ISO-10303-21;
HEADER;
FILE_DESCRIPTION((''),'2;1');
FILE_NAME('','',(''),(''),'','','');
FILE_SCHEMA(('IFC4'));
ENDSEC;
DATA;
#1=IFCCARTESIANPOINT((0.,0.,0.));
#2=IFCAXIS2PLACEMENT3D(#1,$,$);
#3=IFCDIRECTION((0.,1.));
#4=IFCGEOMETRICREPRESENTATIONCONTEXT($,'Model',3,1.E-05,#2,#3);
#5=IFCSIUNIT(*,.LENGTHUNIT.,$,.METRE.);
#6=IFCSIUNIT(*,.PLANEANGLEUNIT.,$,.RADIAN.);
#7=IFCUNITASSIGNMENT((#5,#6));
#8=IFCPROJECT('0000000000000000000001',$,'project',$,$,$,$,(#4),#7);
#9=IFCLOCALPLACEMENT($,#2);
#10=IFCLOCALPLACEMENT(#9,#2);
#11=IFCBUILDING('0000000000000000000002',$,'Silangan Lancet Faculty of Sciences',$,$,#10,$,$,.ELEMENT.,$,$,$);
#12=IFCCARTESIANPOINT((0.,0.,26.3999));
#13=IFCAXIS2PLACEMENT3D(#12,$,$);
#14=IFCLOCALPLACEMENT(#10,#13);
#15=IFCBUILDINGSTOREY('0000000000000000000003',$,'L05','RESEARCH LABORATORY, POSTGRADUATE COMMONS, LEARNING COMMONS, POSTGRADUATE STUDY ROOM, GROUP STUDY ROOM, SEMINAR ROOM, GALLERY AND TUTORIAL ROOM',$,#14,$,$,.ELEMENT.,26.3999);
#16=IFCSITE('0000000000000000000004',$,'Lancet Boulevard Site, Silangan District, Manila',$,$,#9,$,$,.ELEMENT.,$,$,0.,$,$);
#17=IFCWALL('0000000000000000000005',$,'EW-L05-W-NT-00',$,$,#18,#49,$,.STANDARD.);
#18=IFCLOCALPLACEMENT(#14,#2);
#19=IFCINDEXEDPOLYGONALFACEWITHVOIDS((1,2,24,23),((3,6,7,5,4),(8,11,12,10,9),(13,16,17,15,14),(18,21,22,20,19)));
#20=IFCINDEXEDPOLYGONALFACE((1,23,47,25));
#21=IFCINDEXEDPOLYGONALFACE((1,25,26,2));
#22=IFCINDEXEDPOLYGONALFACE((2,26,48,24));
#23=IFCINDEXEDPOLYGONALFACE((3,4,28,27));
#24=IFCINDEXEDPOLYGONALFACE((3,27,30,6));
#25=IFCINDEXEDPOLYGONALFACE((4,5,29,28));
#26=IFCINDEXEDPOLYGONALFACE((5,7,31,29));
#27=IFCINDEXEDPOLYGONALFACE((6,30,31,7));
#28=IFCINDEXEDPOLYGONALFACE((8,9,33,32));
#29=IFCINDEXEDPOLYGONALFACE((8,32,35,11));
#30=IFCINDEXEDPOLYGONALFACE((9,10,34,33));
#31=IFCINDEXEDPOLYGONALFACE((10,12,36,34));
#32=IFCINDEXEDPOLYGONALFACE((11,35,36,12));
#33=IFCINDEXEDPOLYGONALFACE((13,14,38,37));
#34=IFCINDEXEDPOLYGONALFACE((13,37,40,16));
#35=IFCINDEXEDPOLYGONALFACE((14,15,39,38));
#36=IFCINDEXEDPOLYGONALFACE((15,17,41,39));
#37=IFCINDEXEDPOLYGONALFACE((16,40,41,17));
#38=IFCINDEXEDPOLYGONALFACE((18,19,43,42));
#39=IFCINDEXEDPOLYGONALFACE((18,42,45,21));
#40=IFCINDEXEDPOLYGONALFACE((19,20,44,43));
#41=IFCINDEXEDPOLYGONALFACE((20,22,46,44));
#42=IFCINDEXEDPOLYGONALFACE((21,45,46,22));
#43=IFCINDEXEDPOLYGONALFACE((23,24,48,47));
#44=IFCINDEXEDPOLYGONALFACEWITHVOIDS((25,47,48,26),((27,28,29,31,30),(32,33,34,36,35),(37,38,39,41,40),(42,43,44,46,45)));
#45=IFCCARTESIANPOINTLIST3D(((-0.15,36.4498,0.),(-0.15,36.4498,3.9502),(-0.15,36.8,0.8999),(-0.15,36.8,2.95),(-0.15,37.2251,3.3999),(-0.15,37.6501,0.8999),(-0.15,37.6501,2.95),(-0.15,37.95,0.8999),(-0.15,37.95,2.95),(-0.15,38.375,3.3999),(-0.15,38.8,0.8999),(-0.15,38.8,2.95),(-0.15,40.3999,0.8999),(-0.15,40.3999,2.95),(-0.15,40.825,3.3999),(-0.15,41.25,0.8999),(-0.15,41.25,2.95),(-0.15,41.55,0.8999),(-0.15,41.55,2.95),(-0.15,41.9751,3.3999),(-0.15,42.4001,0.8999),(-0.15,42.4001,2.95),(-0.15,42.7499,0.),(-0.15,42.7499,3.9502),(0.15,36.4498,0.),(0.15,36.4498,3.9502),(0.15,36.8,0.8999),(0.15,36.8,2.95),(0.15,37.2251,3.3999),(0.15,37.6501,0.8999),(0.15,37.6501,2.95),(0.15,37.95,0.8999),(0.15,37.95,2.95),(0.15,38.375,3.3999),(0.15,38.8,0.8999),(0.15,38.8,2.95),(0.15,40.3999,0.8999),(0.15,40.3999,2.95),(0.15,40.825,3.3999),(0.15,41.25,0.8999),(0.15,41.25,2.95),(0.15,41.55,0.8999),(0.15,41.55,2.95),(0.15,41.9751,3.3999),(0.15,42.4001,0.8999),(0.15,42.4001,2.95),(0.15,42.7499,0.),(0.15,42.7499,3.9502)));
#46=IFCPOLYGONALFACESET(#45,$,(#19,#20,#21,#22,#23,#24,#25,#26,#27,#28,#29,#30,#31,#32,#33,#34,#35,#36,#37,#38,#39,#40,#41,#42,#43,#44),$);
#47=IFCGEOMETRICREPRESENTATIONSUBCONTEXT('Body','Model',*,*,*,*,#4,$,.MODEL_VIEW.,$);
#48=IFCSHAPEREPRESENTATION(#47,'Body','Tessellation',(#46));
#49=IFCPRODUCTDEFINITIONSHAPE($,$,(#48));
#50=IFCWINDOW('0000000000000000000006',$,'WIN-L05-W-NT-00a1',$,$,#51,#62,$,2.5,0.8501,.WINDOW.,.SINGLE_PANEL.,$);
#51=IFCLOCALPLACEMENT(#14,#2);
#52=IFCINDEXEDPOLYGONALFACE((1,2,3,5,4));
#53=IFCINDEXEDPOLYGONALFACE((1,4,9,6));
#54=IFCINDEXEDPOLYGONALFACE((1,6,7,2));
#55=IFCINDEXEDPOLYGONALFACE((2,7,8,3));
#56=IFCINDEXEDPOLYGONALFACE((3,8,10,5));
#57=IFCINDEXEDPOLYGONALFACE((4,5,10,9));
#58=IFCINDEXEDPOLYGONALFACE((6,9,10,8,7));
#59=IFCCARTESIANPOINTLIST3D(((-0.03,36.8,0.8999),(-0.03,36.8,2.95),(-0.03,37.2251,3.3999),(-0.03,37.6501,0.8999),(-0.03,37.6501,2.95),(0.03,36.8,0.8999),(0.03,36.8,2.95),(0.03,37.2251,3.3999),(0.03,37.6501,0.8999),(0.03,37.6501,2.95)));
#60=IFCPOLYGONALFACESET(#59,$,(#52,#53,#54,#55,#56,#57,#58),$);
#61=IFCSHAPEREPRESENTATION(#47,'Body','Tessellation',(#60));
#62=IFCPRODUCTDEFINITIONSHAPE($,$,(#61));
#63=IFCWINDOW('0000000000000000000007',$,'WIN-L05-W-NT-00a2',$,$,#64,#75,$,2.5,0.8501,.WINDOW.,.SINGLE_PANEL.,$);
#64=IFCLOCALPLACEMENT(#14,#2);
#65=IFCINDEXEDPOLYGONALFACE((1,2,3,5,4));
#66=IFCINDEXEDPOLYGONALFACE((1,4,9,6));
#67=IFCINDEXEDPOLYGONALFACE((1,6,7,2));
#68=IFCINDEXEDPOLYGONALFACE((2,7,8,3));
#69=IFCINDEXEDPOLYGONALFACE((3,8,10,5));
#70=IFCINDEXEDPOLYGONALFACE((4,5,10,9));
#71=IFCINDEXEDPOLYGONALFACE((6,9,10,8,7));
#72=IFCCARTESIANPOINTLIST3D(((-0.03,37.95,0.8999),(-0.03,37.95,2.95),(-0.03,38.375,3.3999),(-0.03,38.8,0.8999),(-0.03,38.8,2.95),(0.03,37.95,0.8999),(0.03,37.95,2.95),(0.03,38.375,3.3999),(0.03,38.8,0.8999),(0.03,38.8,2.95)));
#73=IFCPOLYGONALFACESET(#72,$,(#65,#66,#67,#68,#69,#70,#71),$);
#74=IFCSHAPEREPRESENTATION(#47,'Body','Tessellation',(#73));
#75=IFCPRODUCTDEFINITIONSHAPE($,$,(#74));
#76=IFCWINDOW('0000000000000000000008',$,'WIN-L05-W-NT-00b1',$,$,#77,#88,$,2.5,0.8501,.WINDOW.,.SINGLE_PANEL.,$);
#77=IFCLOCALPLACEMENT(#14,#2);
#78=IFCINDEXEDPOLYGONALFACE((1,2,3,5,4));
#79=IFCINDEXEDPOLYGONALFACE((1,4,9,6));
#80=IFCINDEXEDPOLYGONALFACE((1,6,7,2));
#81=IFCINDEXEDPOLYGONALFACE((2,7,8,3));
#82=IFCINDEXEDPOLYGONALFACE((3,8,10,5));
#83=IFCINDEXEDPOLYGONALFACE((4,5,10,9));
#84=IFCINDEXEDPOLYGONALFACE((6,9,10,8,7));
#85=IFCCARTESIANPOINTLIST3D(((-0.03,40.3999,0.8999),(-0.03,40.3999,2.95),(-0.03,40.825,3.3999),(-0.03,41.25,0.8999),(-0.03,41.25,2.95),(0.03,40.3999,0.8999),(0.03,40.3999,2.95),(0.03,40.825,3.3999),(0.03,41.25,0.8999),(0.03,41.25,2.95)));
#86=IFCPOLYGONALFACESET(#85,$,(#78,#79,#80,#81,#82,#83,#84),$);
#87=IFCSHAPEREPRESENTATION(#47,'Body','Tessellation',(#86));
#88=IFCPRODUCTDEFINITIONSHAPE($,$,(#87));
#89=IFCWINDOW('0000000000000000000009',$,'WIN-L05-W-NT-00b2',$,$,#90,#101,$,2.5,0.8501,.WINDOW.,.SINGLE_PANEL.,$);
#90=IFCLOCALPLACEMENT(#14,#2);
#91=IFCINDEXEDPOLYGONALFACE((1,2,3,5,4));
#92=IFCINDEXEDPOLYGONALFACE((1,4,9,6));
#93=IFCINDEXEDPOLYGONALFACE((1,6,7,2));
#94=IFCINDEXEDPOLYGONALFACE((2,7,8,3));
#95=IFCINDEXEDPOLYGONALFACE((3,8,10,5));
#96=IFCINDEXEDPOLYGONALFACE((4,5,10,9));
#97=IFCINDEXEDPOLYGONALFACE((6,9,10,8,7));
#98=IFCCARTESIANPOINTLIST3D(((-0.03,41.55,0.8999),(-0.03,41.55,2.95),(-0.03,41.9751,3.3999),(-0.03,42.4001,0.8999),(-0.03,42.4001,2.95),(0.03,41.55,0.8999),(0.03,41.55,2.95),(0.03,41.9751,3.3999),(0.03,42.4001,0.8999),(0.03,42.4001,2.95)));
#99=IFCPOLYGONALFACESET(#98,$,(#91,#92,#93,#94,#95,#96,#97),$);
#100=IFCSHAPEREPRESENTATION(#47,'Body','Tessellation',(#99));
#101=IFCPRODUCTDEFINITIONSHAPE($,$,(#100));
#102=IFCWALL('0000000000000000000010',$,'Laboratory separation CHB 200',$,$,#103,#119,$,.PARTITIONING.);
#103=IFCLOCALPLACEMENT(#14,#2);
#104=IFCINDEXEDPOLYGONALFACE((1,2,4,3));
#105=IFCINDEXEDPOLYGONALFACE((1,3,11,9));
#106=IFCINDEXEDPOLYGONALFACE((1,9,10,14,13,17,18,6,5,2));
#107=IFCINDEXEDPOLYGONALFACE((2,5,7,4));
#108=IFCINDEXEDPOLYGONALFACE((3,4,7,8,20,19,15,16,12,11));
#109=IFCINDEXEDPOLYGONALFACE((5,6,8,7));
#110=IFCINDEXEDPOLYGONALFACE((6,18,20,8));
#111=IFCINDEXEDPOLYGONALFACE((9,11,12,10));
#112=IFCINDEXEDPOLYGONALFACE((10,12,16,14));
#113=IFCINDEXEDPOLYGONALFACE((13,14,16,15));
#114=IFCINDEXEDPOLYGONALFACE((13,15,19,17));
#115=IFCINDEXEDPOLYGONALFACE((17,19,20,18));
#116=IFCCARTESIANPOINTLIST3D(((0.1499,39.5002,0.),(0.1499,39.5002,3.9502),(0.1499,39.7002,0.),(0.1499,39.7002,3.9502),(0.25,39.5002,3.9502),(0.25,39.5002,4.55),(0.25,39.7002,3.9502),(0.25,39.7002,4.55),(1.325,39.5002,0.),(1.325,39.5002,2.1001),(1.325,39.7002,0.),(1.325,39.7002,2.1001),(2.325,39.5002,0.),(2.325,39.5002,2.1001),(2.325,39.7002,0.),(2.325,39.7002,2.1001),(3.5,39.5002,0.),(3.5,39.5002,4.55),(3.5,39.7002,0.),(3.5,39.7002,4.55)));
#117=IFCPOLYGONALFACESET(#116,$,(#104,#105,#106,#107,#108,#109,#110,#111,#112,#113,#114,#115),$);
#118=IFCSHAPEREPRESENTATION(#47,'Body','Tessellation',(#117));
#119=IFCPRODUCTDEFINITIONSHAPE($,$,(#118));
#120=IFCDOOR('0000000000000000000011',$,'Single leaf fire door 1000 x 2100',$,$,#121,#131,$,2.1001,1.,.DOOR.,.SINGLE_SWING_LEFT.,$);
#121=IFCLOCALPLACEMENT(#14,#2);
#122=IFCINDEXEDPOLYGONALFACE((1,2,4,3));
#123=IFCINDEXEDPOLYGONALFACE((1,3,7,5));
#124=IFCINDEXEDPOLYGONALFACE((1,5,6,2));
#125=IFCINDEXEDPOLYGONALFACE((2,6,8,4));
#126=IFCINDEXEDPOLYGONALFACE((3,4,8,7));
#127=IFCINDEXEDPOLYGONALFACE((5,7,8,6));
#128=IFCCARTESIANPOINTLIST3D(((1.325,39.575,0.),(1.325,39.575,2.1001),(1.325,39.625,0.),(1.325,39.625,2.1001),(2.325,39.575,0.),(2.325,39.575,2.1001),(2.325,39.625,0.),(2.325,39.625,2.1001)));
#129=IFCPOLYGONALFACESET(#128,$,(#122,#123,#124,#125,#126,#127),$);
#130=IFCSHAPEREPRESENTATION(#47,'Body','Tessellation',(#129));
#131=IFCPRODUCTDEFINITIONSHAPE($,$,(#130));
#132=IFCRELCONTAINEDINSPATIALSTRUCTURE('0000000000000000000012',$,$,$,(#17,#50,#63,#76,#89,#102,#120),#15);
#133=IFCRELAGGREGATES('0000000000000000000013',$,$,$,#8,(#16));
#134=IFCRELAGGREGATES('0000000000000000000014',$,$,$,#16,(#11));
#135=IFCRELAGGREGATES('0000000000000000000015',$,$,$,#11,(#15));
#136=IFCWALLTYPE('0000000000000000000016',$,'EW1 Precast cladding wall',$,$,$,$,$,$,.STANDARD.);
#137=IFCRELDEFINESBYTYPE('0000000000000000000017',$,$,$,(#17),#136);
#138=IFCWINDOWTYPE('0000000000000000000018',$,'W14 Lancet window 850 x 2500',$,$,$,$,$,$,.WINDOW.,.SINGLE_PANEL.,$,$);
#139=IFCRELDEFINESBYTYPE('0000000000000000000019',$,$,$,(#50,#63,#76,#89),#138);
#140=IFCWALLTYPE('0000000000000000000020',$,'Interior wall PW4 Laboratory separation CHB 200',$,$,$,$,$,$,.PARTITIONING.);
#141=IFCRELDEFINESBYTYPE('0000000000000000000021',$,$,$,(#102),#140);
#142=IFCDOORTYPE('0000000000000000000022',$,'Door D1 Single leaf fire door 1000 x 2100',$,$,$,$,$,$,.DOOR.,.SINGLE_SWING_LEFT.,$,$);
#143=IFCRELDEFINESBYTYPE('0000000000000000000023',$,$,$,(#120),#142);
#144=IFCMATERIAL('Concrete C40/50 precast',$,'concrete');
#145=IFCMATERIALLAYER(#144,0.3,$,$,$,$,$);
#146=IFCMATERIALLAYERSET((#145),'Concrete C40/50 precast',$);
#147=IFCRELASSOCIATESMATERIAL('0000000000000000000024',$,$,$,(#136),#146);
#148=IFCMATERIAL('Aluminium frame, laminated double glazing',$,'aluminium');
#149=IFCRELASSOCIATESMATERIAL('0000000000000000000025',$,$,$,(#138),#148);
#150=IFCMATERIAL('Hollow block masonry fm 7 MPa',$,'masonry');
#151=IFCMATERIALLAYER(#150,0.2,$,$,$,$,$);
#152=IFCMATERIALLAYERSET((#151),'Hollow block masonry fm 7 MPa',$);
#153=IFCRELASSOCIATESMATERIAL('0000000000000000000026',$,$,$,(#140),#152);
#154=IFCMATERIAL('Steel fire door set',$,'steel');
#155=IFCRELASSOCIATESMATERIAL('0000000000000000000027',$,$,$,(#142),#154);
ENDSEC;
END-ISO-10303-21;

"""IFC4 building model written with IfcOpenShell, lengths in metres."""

from ifc_helpers import new_model, si_unit, direction, frame, frame_2d, origin, place, context, subcontext, project, spatial, polyline, rectangle, outline, extrude, material, layer, layer_set, type_object, element, fill, save


model = new_model("IFC4")

# Units and contexts
model_context = context("Model", 3, precision=1e-05, world=origin(), true_north=direction((0.0, 1.0)))
body_context = subcontext(model_context, "Body", "Model", "MODEL_VIEW")
ifc_project = project(units=[si_unit("LENGTHUNIT", "METRE"), si_unit("PLANEANGLEUNIT", "RADIAN")], contexts=[model_context])

# Site, building, storey
site_placement = place(None, origin())
site = spatial("IfcSite", under=ifc_project, at=site_placement, Name="Lancet Boulevard Site, Silangan District, Manila", CompositionType="ELEMENT", RefElevation=0.0)
building_placement = place(site_placement, origin())
building = spatial("IfcBuilding", under=site, at=building_placement, Name="Silangan Lancet Faculty of Sciences", CompositionType="ELEMENT")
storey_placement = place(building_placement, frame((0.0, 0.0, 26.3999)))
storey = spatial("IfcBuildingStorey", under=building, at=storey_placement, Name="L05", Description="RESEARCH LABORATORY, POSTGRADUATE COMMONS, LEARNING COMMONS, POSTGRADUATE STUDY ROOM, GROUP STUDY ROOM, SEMINAR ROOM, GALLERY AND TUTORIAL ROOM", CompositionType="ELEMENT", Elevation=26.3999)

# Wall, openings, windows
ifc_material_1 = material(Name="Concrete C40/50 precast", Category="concrete")
ifc_layer_1 = layer(ifc_material_1, 0.3)
ifc_layer_set_1 = layer_set([ifc_layer_1], Name="Concrete C40/50 precast")
wall_type_1 = type_object("IfcWallType", Name="EW1 Precast cladding wall", PredefinedType="STANDARD", material=ifc_layer_set_1)
wall_1_placement = place(storey_placement, frame((0.0, 36.45, 0.0), z_axis=(0.0, 0.0, 1.0), x_axis=(0.0, 1.0, 0.0)))
wall_1 = element("IfcWall", 1, at=wall_1_placement, inside=storey, type_object=wall_type_1, Name="EW-L05-W-NT-00", PredefinedType="STANDARD", context=body_context, shape_type="SweptSolid", body=[
    extrude(rectangle(XDim=6.3, YDim=0.3, at=frame_2d((3.1499, 0.0))), origin(), (0.0, 0.0, 1.0), 3.9502),
])
opening_1_placement = place(wall_1_placement, frame((0.3501, 0.0, 0.8999)))
opening_1 = element("IfcOpeningElement", 2, at=opening_1_placement, cuts=wall_1, PredefinedType="OPENING", context=body_context, shape_type="SweptSolid", body=[
    extrude(outline(polyline([(0.0, 0.0), (0.8501, 0.0), (0.8501, 2.05), (0.425, 2.5), (0.0, 2.05), (0.0, 0.0)])), frame((0.0, 0.1599, 0.0), z_axis=(0.0, -1.0, 0.0), x_axis=(1.0, 0.0, 0.0)), (0.0, 0.0, 1.0), 0.3201),
])
opening_2_placement = place(wall_1_placement, frame((1.5, 0.0, 0.8999)))
opening_2 = element("IfcOpeningElement", 3, at=opening_2_placement, cuts=wall_1, PredefinedType="OPENING", context=body_context, shape_type="SweptSolid", body=[
    extrude(outline(polyline([(0.0, 0.0), (0.8501, 0.0), (0.8501, 2.05), (0.425, 2.5), (0.0, 2.05), (0.0, 0.0)])), frame((0.0, 0.1599, 0.0), z_axis=(0.0, -1.0, 0.0), x_axis=(1.0, 0.0, 0.0)), (0.0, 0.0, 1.0), 0.3201),
])
opening_3_placement = place(wall_1_placement, frame((3.95, 0.0, 0.8999)))
opening_3 = element("IfcOpeningElement", 4, at=opening_3_placement, cuts=wall_1, PredefinedType="OPENING", context=body_context, shape_type="SweptSolid", body=[
    extrude(outline(polyline([(0.0, 0.0), (0.8501, 0.0), (0.8501, 2.05), (0.425, 2.5), (0.0, 2.05), (0.0, 0.0)])), frame((0.0, 0.1599, 0.0), z_axis=(0.0, -1.0, 0.0), x_axis=(1.0, 0.0, 0.0)), (0.0, 0.0, 1.0), 0.3201),
])
opening_4_placement = place(wall_1_placement, frame((5.1001, 0.0, 0.8999)))
opening_4 = element("IfcOpeningElement", 5, at=opening_4_placement, cuts=wall_1, PredefinedType="OPENING", context=body_context, shape_type="SweptSolid", body=[
    extrude(outline(polyline([(0.0, 0.0), (0.8501, 0.0), (0.8501, 2.05), (0.425, 2.5), (0.0, 2.05), (0.0, 0.0)])), frame((0.0, 0.1599, 0.0), z_axis=(0.0, -1.0, 0.0), x_axis=(1.0, 0.0, 0.0)), (0.0, 0.0, 1.0), 0.3201),
])
ifc_material_2 = material(Name="Aluminium frame, laminated double glazing", Category="aluminium")
window_type = type_object("IfcWindowType", Name="W14 Lancet window 850 x 2500", PartitioningType="SINGLE_PANEL", PredefinedType="WINDOW", material=ifc_material_2)
window_1_placement = place(opening_1_placement, origin())
window_1 = element("IfcWindow", 6, at=window_1_placement, inside=storey, type_object=window_type, Name="WIN-L05-W-NT-00a1", OverallHeight=2.5, OverallWidth=0.8501, PartitioningType="SINGLE_PANEL", PredefinedType="WINDOW", context=body_context, shape_type="SweptSolid", body=[
    extrude(outline(polyline([(0.0, 0.0), (0.8501, 0.0), (0.8501, 2.05), (0.425, 2.5), (0.0, 2.05), (0.0, 0.0)])), frame((0.0, 0.03, 0.0), z_axis=(0.0, -1.0, 0.0), x_axis=(1.0, 0.0, 0.0)), (0.0, 0.0, 1.0), 0.0601),
])
fill(opening_1, window_1)
window_2_placement = place(opening_2_placement, origin())
window_2 = element("IfcWindow", 7, at=window_2_placement, inside=storey, type_object=window_type, Name="WIN-L05-W-NT-00a2", OverallHeight=2.5, OverallWidth=0.8501, PartitioningType="SINGLE_PANEL", PredefinedType="WINDOW", context=body_context, shape_type="SweptSolid", body=[
    extrude(outline(polyline([(0.0, 0.0), (0.8501, 0.0), (0.8501, 2.05), (0.425, 2.5), (0.0, 2.05), (0.0, 0.0)])), frame((0.0, 0.03, 0.0), z_axis=(0.0, -1.0, 0.0), x_axis=(1.0, 0.0, 0.0)), (0.0, 0.0, 1.0), 0.0601),
])
fill(opening_2, window_2)
window_3_placement = place(opening_3_placement, origin())
window_3 = element("IfcWindow", 8, at=window_3_placement, inside=storey, type_object=window_type, Name="WIN-L05-W-NT-00b1", OverallHeight=2.5, OverallWidth=0.8501, PartitioningType="SINGLE_PANEL", PredefinedType="WINDOW", context=body_context, shape_type="SweptSolid", body=[
    extrude(outline(polyline([(0.0, 0.0), (0.8501, 0.0), (0.8501, 2.05), (0.425, 2.5), (0.0, 2.05), (0.0, 0.0)])), frame((0.0, 0.03, 0.0), z_axis=(0.0, -1.0, 0.0), x_axis=(1.0, 0.0, 0.0)), (0.0, 0.0, 1.0), 0.0601),
])
fill(opening_3, window_3)
window_4_placement = place(opening_4_placement, origin())
window_4 = element("IfcWindow", 9, at=window_4_placement, inside=storey, type_object=window_type, Name="WIN-L05-W-NT-00b2", OverallHeight=2.5, OverallWidth=0.8501, PartitioningType="SINGLE_PANEL", PredefinedType="WINDOW", context=body_context, shape_type="SweptSolid", body=[
    extrude(outline(polyline([(0.0, 0.0), (0.8501, 0.0), (0.8501, 2.05), (0.425, 2.5), (0.0, 2.05), (0.0, 0.0)])), frame((0.0, 0.03, 0.0), z_axis=(0.0, -1.0, 0.0), x_axis=(1.0, 0.0, 0.0)), (0.0, 0.0, 1.0), 0.0601),
])
fill(opening_4, window_4)

# Wall, opening, door
ifc_material_3 = material(Name="Hollow block masonry fm 7 MPa", Category="masonry")
ifc_layer_2 = layer(ifc_material_3, 0.2)
ifc_layer_set_2 = layer_set([ifc_layer_2], Name="Hollow block masonry fm 7 MPa")
wall_type_2 = type_object("IfcWallType", Name="Interior wall PW4 Laboratory separation CHB 200", PredefinedType="PARTITIONING", material=ifc_layer_set_2)
wall_2_placement = place(storey_placement, frame((0.1499, 39.6001, 0.0), z_axis=(0.0, 0.0, 1.0), x_axis=(1.0, 0.0, 0.0)))
wall_2 = element("IfcWall", 10, at=wall_2_placement, inside=storey, type_object=wall_type_2, Name="Laboratory separation CHB 200", PredefinedType="PARTITIONING", context=body_context, shape_type="SweptSolid", body=[
    extrude(outline(polyline([(0.0, 0.0), (3.3501, 0.0), (3.3501, 4.55), (0.1001, 4.55), (0.1001, 3.9502), (0.0, 3.9502), (0.0, 0.0)])), frame((0.0, 0.1001, 0.0), z_axis=(0.0, -1.0, 0.0), x_axis=(1.0, 0.0, 0.0)), (0.0, 0.0, 1.0), 0.2),
])
opening_5_placement = place(wall_2_placement, frame((1.175, 0.0, 0.0)))
opening_5 = element("IfcOpeningElement", 11, at=opening_5_placement, cuts=wall_2, PredefinedType="OPENING", context=body_context, shape_type="SweptSolid", body=[
    extrude(rectangle(XDim=1.0, YDim=2.1001, at=frame_2d((0.5, 1.05))), frame((0.0, 0.1099, 0.0), z_axis=(0.0, -1.0, 0.0), x_axis=(1.0, 0.0, 0.0)), (0.0, 0.0, 1.0), 0.22),
])
ifc_material_4 = material(Name="Steel fire door set", Category="steel")
door_type = type_object("IfcDoorType", Name="Door D1 Single leaf fire door 1000 x 2100", OperationType="SINGLE_SWING_LEFT", PredefinedType="DOOR", material=ifc_material_4)
door_1_placement = place(opening_5_placement, frame((1.0, 0.0, 0.0), z_axis=(0.0, 0.0, 1.0), x_axis=(-1.0, 0.0, 0.0)))
door_1 = element("IfcDoor", 12, at=door_1_placement, inside=storey, type_object=door_type, Name="Single leaf fire door 1000 x 2100", OperationType="SINGLE_SWING_LEFT", OverallHeight=2.1001, OverallWidth=1.0, PredefinedType="DOOR", context=body_context, shape_type="SweptSolid", body=[
    extrude(rectangle(XDim=1.0, YDim=2.1001, at=frame_2d((0.5, 1.05))), frame((0.0, 0.0251, 0.0), z_axis=(0.0, -1.0, 0.0), x_axis=(1.0, 0.0, 0.0)), (0.0, 0.0, 1.0), 0.05),
])
fill(opening_5, door_1)

save(model, "model.ifc")
